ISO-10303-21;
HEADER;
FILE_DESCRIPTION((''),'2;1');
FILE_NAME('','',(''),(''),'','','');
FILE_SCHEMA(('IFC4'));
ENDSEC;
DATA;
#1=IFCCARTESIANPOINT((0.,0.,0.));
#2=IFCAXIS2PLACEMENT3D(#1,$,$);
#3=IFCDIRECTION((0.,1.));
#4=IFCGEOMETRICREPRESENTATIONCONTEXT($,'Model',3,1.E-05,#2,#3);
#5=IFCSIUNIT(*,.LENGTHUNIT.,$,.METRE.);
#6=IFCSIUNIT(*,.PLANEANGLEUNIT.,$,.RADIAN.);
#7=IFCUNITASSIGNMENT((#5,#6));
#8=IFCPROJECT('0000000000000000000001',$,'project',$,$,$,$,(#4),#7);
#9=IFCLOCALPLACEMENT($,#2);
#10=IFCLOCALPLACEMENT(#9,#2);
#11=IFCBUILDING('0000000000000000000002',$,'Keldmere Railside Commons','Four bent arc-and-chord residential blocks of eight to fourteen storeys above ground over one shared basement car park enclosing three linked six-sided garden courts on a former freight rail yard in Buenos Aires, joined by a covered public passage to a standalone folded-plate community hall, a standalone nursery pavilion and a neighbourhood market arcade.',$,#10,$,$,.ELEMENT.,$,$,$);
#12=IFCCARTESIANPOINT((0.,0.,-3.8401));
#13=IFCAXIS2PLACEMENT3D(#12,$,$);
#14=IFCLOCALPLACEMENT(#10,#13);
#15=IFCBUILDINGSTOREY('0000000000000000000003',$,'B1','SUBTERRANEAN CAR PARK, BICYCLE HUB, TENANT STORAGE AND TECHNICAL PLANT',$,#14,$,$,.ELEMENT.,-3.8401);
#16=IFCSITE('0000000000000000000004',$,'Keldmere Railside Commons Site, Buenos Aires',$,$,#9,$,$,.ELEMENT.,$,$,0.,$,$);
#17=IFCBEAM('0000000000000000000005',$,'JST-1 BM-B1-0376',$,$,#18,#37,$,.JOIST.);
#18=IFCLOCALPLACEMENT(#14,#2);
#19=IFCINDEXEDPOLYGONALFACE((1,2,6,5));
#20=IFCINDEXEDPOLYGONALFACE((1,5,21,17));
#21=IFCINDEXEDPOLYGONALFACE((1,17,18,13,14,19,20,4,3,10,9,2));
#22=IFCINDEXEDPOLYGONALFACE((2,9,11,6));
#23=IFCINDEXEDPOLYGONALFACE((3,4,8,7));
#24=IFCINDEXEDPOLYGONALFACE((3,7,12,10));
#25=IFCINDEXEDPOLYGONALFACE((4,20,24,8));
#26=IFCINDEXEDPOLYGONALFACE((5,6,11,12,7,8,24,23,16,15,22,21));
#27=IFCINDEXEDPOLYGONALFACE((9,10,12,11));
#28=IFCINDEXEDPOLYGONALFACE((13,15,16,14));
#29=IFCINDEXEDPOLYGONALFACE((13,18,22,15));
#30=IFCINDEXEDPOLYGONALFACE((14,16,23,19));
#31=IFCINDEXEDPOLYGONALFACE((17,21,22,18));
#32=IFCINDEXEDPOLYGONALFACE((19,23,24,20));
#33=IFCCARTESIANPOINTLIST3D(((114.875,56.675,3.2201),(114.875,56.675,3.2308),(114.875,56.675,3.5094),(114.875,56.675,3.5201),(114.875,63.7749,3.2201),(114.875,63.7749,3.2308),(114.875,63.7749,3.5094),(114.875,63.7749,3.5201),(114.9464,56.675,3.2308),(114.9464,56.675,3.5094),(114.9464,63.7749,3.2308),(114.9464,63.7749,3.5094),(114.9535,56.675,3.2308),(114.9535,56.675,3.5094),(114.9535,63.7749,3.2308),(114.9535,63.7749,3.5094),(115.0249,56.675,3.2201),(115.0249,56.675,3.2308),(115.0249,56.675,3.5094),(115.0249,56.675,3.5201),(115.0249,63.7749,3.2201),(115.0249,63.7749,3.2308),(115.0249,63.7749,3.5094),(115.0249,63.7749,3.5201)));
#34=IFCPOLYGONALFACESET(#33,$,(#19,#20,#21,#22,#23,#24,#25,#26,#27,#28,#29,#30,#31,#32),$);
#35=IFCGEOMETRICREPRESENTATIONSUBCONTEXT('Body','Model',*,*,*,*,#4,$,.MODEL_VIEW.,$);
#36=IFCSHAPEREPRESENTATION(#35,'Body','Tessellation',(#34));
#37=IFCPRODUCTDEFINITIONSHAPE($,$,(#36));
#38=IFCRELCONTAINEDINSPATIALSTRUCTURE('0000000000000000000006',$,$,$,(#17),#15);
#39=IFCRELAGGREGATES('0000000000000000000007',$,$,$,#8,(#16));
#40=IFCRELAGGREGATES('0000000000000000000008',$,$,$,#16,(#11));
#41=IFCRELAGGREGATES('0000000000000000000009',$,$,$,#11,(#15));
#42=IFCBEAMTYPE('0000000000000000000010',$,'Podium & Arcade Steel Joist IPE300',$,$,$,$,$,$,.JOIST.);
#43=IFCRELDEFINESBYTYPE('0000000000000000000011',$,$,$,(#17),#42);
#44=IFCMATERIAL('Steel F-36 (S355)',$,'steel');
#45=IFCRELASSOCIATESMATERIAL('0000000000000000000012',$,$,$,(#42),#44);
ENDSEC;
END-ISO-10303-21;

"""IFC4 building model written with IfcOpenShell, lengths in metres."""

from ifc_helpers import new_model, si_unit, direction, frame, origin, origin_2d, place, context, subcontext, project, spatial, i_section, extrude, material, material_profile, profile_set, type_object, element, save


model = new_model("IFC4")

# Units and contexts
model_context = context("Model", 3, precision=1e-05, world=origin(), true_north=direction((0.0, 1.0)))
body_context = subcontext(model_context, "Body", "Model", "MODEL_VIEW")
ifc_project = project(units=[si_unit("LENGTHUNIT", "METRE"), si_unit("PLANEANGLEUNIT", "RADIAN")], contexts=[model_context])

# Site, building, storey
site_placement = place(None, origin())
site = spatial("IfcSite", under=ifc_project, at=site_placement, Name="Keldmere Railside Commons Site, Buenos Aires", CompositionType="ELEMENT", RefElevation=0.0)
building_placement = place(site_placement, origin())
building = spatial("IfcBuilding", under=site, at=building_placement, Name="Keldmere Railside Commons", Description="Four bent arc-and-chord residential blocks of eight to fourteen storeys above ground over one shared basement car park enclosing three linked six-sided garden courts on a former freight rail yard in Buenos Aires, joined by a covered public passage to a standalone folded-plate community hall, a standalone nursery pavilion and a neighbourhood market arcade.", CompositionType="ELEMENT")
storey_placement = place(building_placement, frame((0.0, 0.0, -3.8401)))
storey = spatial("IfcBuildingStorey", under=building, at=storey_placement, Name="B1", Description="SUBTERRANEAN CAR PARK, BICYCLE HUB, TENANT STORAGE AND TECHNICAL PLANT", CompositionType="ELEMENT", Elevation=-3.8401)

# Beam
ifc_material_1 = material(Name="Steel F-36 (S355)", Category="steel")
ifc_material_profile_1 = material_profile(ifc_material_1, i_section(OverallWidth=0.1499, OverallDepth=0.3, WebThickness=0.0071, FlangeThickness=0.0107, at=origin_2d()), Name="IPE-300")
ifc_profile_set_1 = profile_set([ifc_material_profile_1], Name="Steel F-36 (S355)")
beam_type_1 = type_object("IfcBeamType", Name="Podium & Arcade Steel Joist IPE300", PredefinedType="JOIST", material=ifc_profile_set_1)
beam_1_placement = place(storey_placement, frame((114.95, 56.675, 3.3701), z_axis=(0.0, 1.0, 0.0), x_axis=(-1.0, 0.0, 0.0)))
element("IfcBeam", 1, at=beam_1_placement, inside=storey, type_object=beam_type_1, Name="JST-1 BM-B1-0376", PredefinedType="JOIST", context=body_context, shape_type="SweptSolid", body=[
    extrude(i_section(OverallWidth=0.1499, OverallDepth=0.3, WebThickness=0.0071, FlangeThickness=0.0107, at=origin_2d()), origin(), (0.0, 0.0, 1.0), 7.0999),
])

save(model, "model.ifc")
